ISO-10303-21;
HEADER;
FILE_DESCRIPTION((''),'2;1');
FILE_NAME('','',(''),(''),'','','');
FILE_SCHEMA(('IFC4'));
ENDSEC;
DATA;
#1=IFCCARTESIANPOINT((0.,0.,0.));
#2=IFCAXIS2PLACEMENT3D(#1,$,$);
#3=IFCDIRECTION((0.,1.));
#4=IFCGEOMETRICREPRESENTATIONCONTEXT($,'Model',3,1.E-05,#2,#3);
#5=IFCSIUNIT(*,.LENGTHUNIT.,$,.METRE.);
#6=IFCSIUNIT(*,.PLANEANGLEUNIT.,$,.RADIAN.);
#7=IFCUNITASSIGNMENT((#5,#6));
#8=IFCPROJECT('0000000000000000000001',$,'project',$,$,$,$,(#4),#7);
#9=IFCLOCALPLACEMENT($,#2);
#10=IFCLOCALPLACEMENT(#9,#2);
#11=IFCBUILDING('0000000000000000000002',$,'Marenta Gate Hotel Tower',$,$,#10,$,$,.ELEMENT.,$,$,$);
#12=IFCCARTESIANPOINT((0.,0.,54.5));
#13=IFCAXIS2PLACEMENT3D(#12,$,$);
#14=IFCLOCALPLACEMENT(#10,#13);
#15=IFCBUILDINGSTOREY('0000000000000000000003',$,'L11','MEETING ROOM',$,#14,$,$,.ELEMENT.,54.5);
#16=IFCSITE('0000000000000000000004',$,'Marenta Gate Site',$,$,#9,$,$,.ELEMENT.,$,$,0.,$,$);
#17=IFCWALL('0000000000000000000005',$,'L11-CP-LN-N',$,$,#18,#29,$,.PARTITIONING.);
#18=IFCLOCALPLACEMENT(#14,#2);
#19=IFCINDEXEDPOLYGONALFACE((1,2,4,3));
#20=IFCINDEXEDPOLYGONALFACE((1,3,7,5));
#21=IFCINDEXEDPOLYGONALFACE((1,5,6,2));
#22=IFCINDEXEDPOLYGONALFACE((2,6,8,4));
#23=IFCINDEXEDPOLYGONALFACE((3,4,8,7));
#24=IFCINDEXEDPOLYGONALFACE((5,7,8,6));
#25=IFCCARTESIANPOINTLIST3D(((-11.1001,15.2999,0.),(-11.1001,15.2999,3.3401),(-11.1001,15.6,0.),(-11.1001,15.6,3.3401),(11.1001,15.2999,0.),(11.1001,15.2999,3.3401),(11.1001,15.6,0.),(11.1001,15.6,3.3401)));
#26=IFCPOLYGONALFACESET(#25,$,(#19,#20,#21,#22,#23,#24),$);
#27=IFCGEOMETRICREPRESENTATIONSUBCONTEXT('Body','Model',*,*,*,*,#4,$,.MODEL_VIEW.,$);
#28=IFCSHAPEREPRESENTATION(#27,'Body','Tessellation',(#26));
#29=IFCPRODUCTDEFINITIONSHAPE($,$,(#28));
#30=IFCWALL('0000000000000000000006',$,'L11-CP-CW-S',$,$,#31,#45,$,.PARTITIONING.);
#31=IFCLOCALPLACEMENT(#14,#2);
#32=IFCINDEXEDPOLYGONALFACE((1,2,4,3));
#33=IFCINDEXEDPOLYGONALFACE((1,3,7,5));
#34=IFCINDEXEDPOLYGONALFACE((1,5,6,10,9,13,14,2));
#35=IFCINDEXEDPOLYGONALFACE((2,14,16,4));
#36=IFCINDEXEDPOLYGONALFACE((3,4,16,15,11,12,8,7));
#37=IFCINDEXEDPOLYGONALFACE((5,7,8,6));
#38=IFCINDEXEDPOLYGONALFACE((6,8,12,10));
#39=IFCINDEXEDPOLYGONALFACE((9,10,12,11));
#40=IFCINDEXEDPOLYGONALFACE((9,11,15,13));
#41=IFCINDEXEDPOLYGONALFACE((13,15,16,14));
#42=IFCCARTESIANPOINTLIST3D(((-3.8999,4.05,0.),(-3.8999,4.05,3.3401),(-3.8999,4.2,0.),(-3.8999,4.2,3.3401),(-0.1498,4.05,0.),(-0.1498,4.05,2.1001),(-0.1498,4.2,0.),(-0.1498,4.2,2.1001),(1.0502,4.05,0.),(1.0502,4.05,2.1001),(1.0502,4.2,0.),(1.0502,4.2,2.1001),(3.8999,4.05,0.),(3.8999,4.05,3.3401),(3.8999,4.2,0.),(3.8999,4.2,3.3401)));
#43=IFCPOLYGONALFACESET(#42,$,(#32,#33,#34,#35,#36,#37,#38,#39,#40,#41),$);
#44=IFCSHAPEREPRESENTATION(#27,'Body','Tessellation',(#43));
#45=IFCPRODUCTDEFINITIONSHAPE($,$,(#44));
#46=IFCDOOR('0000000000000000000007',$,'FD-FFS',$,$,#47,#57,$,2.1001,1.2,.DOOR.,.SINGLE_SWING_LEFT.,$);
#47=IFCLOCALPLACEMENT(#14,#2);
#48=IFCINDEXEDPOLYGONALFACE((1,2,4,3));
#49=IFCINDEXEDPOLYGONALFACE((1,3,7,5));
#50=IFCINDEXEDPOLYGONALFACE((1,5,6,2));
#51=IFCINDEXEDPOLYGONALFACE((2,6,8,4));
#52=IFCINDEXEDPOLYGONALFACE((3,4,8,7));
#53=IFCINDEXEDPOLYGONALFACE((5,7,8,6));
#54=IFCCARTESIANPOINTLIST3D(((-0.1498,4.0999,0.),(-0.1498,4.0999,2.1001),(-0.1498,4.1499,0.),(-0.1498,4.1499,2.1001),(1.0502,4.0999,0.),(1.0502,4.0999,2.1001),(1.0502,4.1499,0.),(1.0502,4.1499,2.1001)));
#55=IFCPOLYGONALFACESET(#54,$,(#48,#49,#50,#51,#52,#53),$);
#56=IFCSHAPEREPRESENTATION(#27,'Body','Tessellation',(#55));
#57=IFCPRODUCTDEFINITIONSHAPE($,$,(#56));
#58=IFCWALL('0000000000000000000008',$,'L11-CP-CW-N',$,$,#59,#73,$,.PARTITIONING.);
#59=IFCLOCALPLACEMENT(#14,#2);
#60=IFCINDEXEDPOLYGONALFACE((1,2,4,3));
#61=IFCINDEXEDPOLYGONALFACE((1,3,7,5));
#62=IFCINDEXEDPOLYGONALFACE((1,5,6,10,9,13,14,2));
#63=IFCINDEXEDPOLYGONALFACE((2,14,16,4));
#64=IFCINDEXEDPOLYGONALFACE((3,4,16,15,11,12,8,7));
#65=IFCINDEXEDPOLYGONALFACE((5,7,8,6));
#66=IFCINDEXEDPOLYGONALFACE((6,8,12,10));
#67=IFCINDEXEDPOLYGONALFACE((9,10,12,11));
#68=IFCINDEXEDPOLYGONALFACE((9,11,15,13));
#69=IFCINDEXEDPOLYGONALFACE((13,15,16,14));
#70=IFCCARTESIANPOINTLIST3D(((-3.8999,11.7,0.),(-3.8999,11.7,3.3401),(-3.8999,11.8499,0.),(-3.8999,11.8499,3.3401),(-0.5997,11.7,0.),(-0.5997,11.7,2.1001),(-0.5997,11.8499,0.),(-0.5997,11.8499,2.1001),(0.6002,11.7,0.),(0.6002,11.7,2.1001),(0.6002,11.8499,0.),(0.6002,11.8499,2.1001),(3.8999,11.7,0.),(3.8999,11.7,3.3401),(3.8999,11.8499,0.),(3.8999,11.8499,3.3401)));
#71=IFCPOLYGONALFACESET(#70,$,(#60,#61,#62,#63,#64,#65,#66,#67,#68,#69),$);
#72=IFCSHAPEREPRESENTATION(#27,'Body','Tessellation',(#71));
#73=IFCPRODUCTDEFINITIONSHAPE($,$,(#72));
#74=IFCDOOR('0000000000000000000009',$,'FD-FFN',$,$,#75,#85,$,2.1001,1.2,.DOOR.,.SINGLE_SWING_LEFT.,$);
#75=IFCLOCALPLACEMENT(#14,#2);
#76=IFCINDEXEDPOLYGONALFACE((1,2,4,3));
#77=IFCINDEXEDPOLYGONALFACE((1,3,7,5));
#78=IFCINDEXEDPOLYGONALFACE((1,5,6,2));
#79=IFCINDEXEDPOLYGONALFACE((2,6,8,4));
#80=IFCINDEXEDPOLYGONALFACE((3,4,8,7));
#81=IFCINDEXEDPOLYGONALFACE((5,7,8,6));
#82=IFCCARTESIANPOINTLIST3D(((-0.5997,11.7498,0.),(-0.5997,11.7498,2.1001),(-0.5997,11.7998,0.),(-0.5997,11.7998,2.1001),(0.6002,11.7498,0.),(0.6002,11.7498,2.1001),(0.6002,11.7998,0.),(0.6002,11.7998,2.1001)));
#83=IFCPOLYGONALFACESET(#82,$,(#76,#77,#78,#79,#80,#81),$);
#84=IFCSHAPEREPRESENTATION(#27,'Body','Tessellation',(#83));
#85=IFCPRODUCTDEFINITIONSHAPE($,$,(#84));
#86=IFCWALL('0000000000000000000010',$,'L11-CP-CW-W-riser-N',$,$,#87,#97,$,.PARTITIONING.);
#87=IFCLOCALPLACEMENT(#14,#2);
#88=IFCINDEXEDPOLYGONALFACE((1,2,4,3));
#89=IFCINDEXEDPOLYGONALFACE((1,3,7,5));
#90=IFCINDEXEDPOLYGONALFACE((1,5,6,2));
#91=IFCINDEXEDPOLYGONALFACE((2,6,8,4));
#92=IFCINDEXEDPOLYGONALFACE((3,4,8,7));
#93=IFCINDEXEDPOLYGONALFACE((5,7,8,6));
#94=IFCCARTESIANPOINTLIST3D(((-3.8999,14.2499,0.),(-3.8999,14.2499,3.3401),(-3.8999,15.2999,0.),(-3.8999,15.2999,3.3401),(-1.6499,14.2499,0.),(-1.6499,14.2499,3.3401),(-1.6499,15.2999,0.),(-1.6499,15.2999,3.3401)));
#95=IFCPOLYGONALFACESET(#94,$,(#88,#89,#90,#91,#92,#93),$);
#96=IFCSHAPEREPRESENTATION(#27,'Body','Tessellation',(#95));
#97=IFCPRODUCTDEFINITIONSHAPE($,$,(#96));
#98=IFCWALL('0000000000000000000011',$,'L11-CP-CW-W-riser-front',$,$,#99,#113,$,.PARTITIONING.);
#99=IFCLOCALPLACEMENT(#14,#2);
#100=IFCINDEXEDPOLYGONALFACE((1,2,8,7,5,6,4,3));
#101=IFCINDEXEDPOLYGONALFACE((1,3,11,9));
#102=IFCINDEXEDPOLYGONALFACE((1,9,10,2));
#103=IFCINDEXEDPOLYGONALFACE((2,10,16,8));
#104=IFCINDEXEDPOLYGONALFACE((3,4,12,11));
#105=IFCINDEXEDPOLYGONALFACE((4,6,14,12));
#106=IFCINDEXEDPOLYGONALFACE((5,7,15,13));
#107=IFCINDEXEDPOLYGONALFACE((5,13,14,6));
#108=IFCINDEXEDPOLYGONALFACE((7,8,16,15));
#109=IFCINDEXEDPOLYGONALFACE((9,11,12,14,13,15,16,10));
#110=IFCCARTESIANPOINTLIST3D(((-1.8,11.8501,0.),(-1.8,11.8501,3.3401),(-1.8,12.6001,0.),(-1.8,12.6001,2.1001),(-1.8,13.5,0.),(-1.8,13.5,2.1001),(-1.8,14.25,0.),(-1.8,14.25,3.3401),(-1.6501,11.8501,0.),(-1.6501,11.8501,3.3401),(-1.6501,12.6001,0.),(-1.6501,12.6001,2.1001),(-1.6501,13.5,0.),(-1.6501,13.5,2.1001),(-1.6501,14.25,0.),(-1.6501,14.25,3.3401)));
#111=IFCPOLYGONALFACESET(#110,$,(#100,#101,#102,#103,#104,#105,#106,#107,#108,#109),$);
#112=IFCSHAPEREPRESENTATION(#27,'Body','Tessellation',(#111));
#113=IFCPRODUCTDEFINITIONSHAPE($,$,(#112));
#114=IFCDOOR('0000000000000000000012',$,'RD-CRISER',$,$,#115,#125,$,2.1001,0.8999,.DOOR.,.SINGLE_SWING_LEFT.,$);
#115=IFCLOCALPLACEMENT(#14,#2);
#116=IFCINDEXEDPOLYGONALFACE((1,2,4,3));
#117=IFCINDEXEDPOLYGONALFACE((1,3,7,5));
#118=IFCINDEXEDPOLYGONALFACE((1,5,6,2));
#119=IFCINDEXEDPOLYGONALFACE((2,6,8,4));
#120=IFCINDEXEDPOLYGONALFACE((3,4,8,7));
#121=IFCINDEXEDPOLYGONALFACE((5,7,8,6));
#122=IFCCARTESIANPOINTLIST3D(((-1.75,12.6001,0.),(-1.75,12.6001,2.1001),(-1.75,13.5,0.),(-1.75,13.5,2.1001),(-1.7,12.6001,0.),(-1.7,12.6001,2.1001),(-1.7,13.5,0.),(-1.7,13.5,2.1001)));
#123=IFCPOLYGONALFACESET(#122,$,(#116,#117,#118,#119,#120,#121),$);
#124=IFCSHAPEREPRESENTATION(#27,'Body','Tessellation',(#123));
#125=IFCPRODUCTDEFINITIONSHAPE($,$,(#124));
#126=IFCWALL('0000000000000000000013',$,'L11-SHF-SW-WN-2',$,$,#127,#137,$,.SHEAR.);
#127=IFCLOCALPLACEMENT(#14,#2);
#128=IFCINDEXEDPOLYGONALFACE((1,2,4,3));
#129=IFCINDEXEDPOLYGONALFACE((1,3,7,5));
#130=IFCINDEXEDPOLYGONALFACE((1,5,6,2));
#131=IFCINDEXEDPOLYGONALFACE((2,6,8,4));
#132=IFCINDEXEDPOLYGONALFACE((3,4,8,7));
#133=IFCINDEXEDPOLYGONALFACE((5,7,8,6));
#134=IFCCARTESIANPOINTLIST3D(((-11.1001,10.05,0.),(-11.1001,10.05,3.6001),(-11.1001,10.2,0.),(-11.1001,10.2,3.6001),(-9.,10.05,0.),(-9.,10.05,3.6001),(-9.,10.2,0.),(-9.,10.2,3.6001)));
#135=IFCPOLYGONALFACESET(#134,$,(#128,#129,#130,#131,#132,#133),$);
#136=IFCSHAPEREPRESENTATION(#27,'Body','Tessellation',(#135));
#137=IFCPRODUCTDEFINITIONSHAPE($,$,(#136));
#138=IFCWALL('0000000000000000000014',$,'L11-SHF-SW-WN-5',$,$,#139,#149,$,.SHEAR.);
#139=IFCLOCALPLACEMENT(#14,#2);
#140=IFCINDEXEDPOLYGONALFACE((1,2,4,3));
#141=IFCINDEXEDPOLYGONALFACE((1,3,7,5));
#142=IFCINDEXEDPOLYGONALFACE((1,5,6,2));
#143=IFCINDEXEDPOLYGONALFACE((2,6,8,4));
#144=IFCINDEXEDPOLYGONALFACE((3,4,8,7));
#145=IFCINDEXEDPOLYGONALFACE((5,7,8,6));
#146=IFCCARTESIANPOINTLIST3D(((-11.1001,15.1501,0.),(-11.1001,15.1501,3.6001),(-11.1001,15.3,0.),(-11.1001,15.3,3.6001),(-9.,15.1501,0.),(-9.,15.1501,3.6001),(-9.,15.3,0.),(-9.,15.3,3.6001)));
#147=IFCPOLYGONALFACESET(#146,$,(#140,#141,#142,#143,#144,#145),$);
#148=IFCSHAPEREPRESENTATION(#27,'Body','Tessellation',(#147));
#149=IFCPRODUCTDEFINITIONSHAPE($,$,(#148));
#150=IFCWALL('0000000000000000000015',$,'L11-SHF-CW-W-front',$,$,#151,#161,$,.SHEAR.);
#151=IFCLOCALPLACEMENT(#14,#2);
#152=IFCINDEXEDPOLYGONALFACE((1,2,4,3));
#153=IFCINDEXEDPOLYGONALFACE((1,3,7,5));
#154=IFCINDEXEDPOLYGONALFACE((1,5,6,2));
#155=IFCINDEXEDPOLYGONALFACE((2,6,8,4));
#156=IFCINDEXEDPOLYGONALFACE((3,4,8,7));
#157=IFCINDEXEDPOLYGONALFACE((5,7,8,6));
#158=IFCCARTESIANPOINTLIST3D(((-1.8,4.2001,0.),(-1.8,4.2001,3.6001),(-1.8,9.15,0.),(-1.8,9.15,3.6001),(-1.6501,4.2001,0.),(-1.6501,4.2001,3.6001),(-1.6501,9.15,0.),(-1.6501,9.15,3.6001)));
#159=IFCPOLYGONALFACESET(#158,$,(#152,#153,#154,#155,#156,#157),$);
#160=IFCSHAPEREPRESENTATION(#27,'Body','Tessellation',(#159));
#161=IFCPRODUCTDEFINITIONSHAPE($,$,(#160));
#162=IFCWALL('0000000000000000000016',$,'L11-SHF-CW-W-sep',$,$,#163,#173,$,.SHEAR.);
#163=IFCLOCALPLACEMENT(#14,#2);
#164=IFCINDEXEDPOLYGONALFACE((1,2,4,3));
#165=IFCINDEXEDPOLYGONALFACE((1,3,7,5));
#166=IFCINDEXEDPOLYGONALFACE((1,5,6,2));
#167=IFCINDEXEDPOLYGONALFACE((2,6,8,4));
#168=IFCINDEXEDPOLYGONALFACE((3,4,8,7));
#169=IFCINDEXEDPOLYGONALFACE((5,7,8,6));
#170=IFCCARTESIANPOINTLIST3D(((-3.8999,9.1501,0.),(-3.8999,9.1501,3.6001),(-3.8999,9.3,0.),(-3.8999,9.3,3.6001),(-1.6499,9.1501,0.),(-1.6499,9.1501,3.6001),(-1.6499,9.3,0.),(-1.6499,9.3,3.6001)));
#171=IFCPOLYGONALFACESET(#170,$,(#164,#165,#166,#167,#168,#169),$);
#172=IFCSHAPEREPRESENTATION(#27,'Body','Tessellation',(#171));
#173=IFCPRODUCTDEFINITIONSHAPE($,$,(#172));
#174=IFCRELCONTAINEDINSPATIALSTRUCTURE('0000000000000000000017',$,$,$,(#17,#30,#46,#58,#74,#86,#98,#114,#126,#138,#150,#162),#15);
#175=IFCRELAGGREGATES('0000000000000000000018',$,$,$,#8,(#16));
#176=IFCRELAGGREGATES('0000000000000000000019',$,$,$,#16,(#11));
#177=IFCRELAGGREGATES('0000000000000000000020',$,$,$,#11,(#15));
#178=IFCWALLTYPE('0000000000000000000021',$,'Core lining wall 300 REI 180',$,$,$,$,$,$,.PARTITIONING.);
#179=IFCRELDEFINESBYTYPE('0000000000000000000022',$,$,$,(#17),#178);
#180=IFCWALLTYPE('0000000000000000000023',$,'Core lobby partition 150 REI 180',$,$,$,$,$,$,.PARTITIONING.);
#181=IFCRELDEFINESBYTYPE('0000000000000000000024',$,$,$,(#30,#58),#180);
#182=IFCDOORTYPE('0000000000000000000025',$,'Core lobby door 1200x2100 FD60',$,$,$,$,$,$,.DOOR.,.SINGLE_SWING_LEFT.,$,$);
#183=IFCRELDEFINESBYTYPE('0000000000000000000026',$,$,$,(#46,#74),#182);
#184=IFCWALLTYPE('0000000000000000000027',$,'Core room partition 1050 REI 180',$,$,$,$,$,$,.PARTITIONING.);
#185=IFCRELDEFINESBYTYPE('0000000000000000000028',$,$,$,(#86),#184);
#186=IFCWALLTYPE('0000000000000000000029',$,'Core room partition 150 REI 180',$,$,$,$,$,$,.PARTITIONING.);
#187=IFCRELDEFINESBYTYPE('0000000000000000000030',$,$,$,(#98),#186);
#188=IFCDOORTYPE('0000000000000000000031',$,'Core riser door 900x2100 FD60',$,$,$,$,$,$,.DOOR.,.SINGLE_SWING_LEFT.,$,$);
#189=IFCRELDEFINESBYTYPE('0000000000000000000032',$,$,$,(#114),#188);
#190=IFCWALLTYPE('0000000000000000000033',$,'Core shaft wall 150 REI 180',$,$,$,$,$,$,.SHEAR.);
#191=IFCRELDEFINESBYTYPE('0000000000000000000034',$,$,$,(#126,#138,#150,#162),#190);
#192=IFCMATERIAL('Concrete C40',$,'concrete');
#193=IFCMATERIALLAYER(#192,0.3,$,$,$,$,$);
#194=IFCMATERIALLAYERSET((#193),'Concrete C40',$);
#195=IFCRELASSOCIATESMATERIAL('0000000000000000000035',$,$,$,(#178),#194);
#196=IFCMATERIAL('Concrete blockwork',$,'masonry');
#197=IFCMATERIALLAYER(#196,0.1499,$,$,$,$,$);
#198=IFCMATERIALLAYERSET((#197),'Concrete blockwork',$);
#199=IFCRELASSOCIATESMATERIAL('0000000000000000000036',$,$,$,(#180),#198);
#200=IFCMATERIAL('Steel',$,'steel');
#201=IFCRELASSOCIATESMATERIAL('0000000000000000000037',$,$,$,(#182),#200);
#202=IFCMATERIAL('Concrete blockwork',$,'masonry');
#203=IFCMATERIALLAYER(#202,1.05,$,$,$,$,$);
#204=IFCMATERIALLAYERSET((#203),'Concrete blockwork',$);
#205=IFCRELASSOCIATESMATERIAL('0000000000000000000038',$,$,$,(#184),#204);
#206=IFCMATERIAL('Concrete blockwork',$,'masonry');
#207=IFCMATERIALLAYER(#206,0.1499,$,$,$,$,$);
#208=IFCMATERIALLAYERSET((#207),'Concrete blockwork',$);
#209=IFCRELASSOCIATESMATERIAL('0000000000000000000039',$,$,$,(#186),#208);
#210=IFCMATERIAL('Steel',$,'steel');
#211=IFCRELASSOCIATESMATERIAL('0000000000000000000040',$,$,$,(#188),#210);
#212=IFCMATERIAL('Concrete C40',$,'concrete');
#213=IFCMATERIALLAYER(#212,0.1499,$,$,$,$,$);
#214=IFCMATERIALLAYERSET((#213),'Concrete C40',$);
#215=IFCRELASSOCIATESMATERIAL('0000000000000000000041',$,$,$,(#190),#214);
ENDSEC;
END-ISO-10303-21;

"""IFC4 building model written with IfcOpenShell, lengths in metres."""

from ifc_helpers import new_model, si_unit, direction, frame, frame_2d, origin, place, context, subcontext, project, spatial, rectangle, extrude, material, layer, layer_set, type_object, element, fill, save


model = new_model("IFC4")

# Units and contexts
model_context = context("Model", 3, precision=1e-05, world=origin(), true_north=direction((0.0, 1.0)))
body_context = subcontext(model_context, "Body", "Model", "MODEL_VIEW")
ifc_project = project(units=[si_unit("LENGTHUNIT", "METRE"), si_unit("PLANEANGLEUNIT", "RADIAN")], contexts=[model_context])

# Site, building, storey
site_placement = place(None, origin())
site = spatial("IfcSite", under=ifc_project, at=site_placement, Name="Marenta Gate Site", CompositionType="ELEMENT", RefElevation=0.0)
building_placement = place(site_placement, origin())
building = spatial("IfcBuilding", under=site, at=building_placement, Name="Marenta Gate Hotel Tower", CompositionType="ELEMENT")
storey_placement = place(building_placement, frame((0.0, 0.0, 54.5)))
storey = spatial("IfcBuildingStorey", under=building, at=storey_placement, Name="L11", Description="MEETING ROOM", CompositionType="ELEMENT", Elevation=54.5)

# Wall
ifc_material_1 = material(Name="Concrete C40", Category="concrete")
ifc_layer_1 = layer(ifc_material_1, 0.3)
ifc_layer_set_1 = layer_set([ifc_layer_1], Name="Concrete C40")
wall_type_1 = type_object("IfcWallType", Name="Core lining wall 300 REI 180", PredefinedType="PARTITIONING", material=ifc_layer_set_1)
wall_1_placement = place(storey_placement, frame((-11.1001, 15.45, 0.0), z_axis=(0.0, 0.0, 1.0), x_axis=(1.0, 0.0, 0.0)))
element("IfcWall", 1, at=wall_1_placement, inside=storey, type_object=wall_type_1, Name="L11-CP-LN-N", PredefinedType="PARTITIONING", context=body_context, shape_type="SweptSolid", body=[
    extrude(rectangle(XDim=22.2002, YDim=0.3, at=frame_2d((11.1001, 0.0))), origin(), (0.0, 0.0, 1.0), 3.3401),
])

# Walls, openings, doors
ifc_material_2 = material(Name="Concrete blockwork", Category="masonry")
ifc_layer_2 = layer(ifc_material_2, 0.1499)
ifc_layer_set_2 = layer_set([ifc_layer_2], Name="Concrete blockwork")
wall_type_2 = type_object("IfcWallType", Name="Core lobby partition 150 REI 180", PredefinedType="PARTITIONING", material=ifc_layer_set_2)
wall_2_placement = place(storey_placement, frame((-3.8999, 4.125, 0.0), z_axis=(0.0, 0.0, 1.0), x_axis=(1.0, 0.0, 0.0)))
wall_2 = element("IfcWall", 2, at=wall_2_placement, inside=storey, type_object=wall_type_2, Name="L11-CP-CW-S", PredefinedType="PARTITIONING", context=body_context, shape_type="SweptSolid", body=[
    extrude(rectangle(XDim=7.7998, YDim=0.1499, at=frame_2d((3.8999, 0.0))), origin(), (0.0, 0.0, 1.0), 3.3401),
])
opening_1_placement = place(wall_2_placement, frame((3.75, 0.0, 0.0)))
opening_1 = element("IfcOpeningElement", 3, at=opening_1_placement, cuts=wall_2, PredefinedType="OPENING", context=body_context, shape_type="SweptSolid", body=[
    extrude(rectangle(XDim=1.2, YDim=2.1001, at=frame_2d((0.6001, 1.05))), frame((0.0, 0.075, 0.0), z_axis=(0.0, -1.0, 0.0), x_axis=(1.0, 0.0, 0.0)), (0.0, 0.0, 1.0), 0.1499),
])
ifc_material_3 = material(Name="Steel", Category="steel")
door_type_1 = type_object("IfcDoorType", Name="Core lobby door 1200x2100 FD60", OperationType="SINGLE_SWING_LEFT", PredefinedType="DOOR", material=ifc_material_3)
door_1_placement = place(opening_1_placement, origin())
door_1 = element("IfcDoor", 4, at=door_1_placement, inside=storey, type_object=door_type_1, Name="FD-FFS", OperationType="SINGLE_SWING_LEFT", OverallHeight=2.1001, OverallWidth=1.2, PredefinedType="DOOR", context=body_context, shape_type="SweptSolid", body=[
    extrude(rectangle(XDim=1.2, YDim=2.1001, at=frame_2d((0.6001, 1.05))), frame((0.0, 0.0249, 0.0), z_axis=(0.0, -1.0, 0.0), x_axis=(1.0, 0.0, 0.0)), (0.0, 0.0, 1.0), 0.05),
])
fill(opening_1, door_1)
wall_3_placement = place(storey_placement, frame((-3.8999, 11.7749, 0.0), z_axis=(0.0, 0.0, 1.0), x_axis=(1.0, 0.0, 0.0)))
wall_3 = element("IfcWall", 5, at=wall_3_placement, inside=storey, type_object=wall_type_2, Name="L11-CP-CW-N", PredefinedType="PARTITIONING", context=body_context, shape_type="SweptSolid", body=[
    extrude(rectangle(XDim=7.7998, YDim=0.1499, at=frame_2d((3.8999, 0.0))), origin(), (0.0, 0.0, 1.0), 3.3401),
])
opening_2_placement = place(wall_3_placement, frame((3.3, 0.0, 0.0)))
opening_2 = element("IfcOpeningElement", 6, at=opening_2_placement, cuts=wall_3, PredefinedType="OPENING", context=body_context, shape_type="SweptSolid", body=[
    extrude(rectangle(XDim=1.2, YDim=2.1001, at=frame_2d((0.6001, 1.05))), frame((0.0, 0.075, 0.0), z_axis=(0.0, -1.0, 0.0), x_axis=(1.0, 0.0, 0.0)), (0.0, 0.0, 1.0), 0.1499),
])
door_2_placement = place(opening_2_placement, origin())
door_2 = element("IfcDoor", 7, at=door_2_placement, inside=storey, type_object=door_type_1, Name="FD-FFN", OperationType="SINGLE_SWING_LEFT", OverallHeight=2.1001, OverallWidth=1.2, PredefinedType="DOOR", context=body_context, shape_type="SweptSolid", body=[
    extrude(rectangle(XDim=1.2, YDim=2.1001, at=frame_2d((0.6001, 1.05))), frame((0.0, 0.0249, 0.0), z_axis=(0.0, -1.0, 0.0), x_axis=(1.0, 0.0, 0.0)), (0.0, 0.0, 1.0), 0.05),
])
fill(opening_2, door_2)

# Wall
ifc_material_4 = material(Name="Concrete blockwork", Category="masonry")
ifc_layer_3 = layer(ifc_material_4, 1.05)
ifc_layer_set_3 = layer_set([ifc_layer_3], Name="Concrete blockwork")
wall_type_3 = type_object("IfcWallType", Name="Core room partition 1050 REI 180", PredefinedType="PARTITIONING", material=ifc_layer_set_3)
wall_4_placement = place(storey_placement, frame((-3.8999, 14.7749, 0.0), z_axis=(0.0, 0.0, 1.0), x_axis=(1.0, 0.0, 0.0)))
element("IfcWall", 8, at=wall_4_placement, inside=storey, type_object=wall_type_3, Name="L11-CP-CW-W-riser-N", PredefinedType="PARTITIONING", context=body_context, shape_type="SweptSolid", body=[
    extrude(rectangle(XDim=2.25, YDim=1.05, at=frame_2d((1.125, 0.0))), origin(), (0.0, 0.0, 1.0), 3.3401),
])

# Wall, opening, door
ifc_material_5 = material(Name="Concrete blockwork", Category="masonry")
ifc_layer_4 = layer(ifc_material_5, 0.1499)
ifc_layer_set_4 = layer_set([ifc_layer_4], Name="Concrete blockwork")
wall_type_4 = type_object("IfcWallType", Name="Core room partition 150 REI 180", PredefinedType="PARTITIONING", material=ifc_layer_set_4)
wall_5_placement = place(storey_placement, frame((-1.7251, 11.8501, 0.0), z_axis=(0.0, 0.0, 1.0), x_axis=(0.0, 1.0, 0.0)))
wall_5 = element("IfcWall", 9, at=wall_5_placement, inside=storey, type_object=wall_type_4, Name="L11-CP-CW-W-riser-front", PredefinedType="PARTITIONING", context=body_context, shape_type="SweptSolid", body=[
    extrude(rectangle(XDim=2.3999, YDim=0.1499, at=frame_2d((1.2, 0.0))), origin(), (0.0, 0.0, 1.0), 3.3401),
])
opening_3_placement = place(wall_5_placement, frame((0.75, 0.0, 0.0)))
opening_3 = element("IfcOpeningElement", 10, at=opening_3_placement, cuts=wall_5, PredefinedType="OPENING", context=body_context, shape_type="SweptSolid", body=[
    extrude(rectangle(XDim=0.8999, YDim=2.1001, at=frame_2d((0.45, 1.05))), frame((0.0, 0.075, 0.0), z_axis=(0.0, -1.0, 0.0), x_axis=(1.0, 0.0, 0.0)), (0.0, 0.0, 1.0), 0.1499),
])
ifc_material_6 = material(Name="Steel", Category="steel")
door_type_2 = type_object("IfcDoorType", Name="Core riser door 900x2100 FD60", OperationType="SINGLE_SWING_LEFT", PredefinedType="DOOR", material=ifc_material_6)
door_3_placement = place(opening_3_placement, origin())
door_3 = element("IfcDoor", 11, at=door_3_placement, inside=storey, type_object=door_type_2, Name="RD-CRISER", OperationType="SINGLE_SWING_LEFT", OverallHeight=2.1001, OverallWidth=0.8999, PredefinedType="DOOR", context=body_context, shape_type="SweptSolid", body=[
    extrude(rectangle(XDim=0.8999, YDim=2.1001, at=frame_2d((0.45, 1.05))), frame((0.0, 0.0249, 0.0), z_axis=(0.0, -1.0, 0.0), x_axis=(1.0, 0.0, 0.0)), (0.0, 0.0, 1.0), 0.05),
])
fill(opening_3, door_3)

# Walls
ifc_material_7 = material(Name="Concrete C40", Category="concrete")
ifc_layer_5 = layer(ifc_material_7, 0.1499)
ifc_layer_set_5 = layer_set([ifc_layer_5], Name="Concrete C40")
wall_type_5 = type_object("IfcWallType", Name="Core shaft wall 150 REI 180", PredefinedType="SHEAR", material=ifc_layer_set_5)
for number, where, z_axis, x_axis, name in (
    (12, (-11.1001, 10.125, 0.0), (0.0, 0.0, 1.0), (1.0, 0.0, 0.0), "L11-SHF-SW-WN-2"),
    (13, (-11.1001, 15.2251, 0.0), (0.0, 0.0, 1.0), (1.0, 0.0, 0.0), "L11-SHF-SW-WN-5"),
):
    element("IfcWall", number, at=place(storey_placement, frame(where, z_axis=z_axis, x_axis=x_axis)), inside=storey, type_object=wall_type_5, Name=name, PredefinedType="SHEAR", context=body_context, shape_type="SweptSolid", body=[
        extrude(rectangle(XDim=2.1001, YDim=0.1499, at=frame_2d((1.05, 0.0))), origin(), (0.0, 0.0, 1.0), 3.6001),
    ])
wall_6_placement = place(storey_placement, frame((-1.7251, 4.2, 0.0), z_axis=(0.0, 0.0, 1.0), x_axis=(0.0, 1.0, 0.0)))
element("IfcWall", 14, at=wall_6_placement, inside=storey, type_object=wall_type_5, Name="L11-SHF-CW-W-front", PredefinedType="SHEAR", context=body_context, shape_type="SweptSolid", body=[
    extrude(rectangle(XDim=4.95, YDim=0.1499, at=frame_2d((2.4751, 0.0))), origin(), (0.0, 0.0, 1.0), 3.6001),
])
wall_7_placement = place(storey_placement, frame((-3.8999, 9.2251, 0.0), z_axis=(0.0, 0.0, 1.0), x_axis=(1.0, 0.0, 0.0)))
element("IfcWall", 15, at=wall_7_placement, inside=storey, type_object=wall_type_5, Name="L11-SHF-CW-W-sep", PredefinedType="SHEAR", context=body_context, shape_type="SweptSolid", body=[
    extrude(rectangle(XDim=2.25, YDim=0.1499, at=frame_2d((1.125, 0.0))), origin(), (0.0, 0.0, 1.0), 3.6001),
])

save(model, "model.ifc")
